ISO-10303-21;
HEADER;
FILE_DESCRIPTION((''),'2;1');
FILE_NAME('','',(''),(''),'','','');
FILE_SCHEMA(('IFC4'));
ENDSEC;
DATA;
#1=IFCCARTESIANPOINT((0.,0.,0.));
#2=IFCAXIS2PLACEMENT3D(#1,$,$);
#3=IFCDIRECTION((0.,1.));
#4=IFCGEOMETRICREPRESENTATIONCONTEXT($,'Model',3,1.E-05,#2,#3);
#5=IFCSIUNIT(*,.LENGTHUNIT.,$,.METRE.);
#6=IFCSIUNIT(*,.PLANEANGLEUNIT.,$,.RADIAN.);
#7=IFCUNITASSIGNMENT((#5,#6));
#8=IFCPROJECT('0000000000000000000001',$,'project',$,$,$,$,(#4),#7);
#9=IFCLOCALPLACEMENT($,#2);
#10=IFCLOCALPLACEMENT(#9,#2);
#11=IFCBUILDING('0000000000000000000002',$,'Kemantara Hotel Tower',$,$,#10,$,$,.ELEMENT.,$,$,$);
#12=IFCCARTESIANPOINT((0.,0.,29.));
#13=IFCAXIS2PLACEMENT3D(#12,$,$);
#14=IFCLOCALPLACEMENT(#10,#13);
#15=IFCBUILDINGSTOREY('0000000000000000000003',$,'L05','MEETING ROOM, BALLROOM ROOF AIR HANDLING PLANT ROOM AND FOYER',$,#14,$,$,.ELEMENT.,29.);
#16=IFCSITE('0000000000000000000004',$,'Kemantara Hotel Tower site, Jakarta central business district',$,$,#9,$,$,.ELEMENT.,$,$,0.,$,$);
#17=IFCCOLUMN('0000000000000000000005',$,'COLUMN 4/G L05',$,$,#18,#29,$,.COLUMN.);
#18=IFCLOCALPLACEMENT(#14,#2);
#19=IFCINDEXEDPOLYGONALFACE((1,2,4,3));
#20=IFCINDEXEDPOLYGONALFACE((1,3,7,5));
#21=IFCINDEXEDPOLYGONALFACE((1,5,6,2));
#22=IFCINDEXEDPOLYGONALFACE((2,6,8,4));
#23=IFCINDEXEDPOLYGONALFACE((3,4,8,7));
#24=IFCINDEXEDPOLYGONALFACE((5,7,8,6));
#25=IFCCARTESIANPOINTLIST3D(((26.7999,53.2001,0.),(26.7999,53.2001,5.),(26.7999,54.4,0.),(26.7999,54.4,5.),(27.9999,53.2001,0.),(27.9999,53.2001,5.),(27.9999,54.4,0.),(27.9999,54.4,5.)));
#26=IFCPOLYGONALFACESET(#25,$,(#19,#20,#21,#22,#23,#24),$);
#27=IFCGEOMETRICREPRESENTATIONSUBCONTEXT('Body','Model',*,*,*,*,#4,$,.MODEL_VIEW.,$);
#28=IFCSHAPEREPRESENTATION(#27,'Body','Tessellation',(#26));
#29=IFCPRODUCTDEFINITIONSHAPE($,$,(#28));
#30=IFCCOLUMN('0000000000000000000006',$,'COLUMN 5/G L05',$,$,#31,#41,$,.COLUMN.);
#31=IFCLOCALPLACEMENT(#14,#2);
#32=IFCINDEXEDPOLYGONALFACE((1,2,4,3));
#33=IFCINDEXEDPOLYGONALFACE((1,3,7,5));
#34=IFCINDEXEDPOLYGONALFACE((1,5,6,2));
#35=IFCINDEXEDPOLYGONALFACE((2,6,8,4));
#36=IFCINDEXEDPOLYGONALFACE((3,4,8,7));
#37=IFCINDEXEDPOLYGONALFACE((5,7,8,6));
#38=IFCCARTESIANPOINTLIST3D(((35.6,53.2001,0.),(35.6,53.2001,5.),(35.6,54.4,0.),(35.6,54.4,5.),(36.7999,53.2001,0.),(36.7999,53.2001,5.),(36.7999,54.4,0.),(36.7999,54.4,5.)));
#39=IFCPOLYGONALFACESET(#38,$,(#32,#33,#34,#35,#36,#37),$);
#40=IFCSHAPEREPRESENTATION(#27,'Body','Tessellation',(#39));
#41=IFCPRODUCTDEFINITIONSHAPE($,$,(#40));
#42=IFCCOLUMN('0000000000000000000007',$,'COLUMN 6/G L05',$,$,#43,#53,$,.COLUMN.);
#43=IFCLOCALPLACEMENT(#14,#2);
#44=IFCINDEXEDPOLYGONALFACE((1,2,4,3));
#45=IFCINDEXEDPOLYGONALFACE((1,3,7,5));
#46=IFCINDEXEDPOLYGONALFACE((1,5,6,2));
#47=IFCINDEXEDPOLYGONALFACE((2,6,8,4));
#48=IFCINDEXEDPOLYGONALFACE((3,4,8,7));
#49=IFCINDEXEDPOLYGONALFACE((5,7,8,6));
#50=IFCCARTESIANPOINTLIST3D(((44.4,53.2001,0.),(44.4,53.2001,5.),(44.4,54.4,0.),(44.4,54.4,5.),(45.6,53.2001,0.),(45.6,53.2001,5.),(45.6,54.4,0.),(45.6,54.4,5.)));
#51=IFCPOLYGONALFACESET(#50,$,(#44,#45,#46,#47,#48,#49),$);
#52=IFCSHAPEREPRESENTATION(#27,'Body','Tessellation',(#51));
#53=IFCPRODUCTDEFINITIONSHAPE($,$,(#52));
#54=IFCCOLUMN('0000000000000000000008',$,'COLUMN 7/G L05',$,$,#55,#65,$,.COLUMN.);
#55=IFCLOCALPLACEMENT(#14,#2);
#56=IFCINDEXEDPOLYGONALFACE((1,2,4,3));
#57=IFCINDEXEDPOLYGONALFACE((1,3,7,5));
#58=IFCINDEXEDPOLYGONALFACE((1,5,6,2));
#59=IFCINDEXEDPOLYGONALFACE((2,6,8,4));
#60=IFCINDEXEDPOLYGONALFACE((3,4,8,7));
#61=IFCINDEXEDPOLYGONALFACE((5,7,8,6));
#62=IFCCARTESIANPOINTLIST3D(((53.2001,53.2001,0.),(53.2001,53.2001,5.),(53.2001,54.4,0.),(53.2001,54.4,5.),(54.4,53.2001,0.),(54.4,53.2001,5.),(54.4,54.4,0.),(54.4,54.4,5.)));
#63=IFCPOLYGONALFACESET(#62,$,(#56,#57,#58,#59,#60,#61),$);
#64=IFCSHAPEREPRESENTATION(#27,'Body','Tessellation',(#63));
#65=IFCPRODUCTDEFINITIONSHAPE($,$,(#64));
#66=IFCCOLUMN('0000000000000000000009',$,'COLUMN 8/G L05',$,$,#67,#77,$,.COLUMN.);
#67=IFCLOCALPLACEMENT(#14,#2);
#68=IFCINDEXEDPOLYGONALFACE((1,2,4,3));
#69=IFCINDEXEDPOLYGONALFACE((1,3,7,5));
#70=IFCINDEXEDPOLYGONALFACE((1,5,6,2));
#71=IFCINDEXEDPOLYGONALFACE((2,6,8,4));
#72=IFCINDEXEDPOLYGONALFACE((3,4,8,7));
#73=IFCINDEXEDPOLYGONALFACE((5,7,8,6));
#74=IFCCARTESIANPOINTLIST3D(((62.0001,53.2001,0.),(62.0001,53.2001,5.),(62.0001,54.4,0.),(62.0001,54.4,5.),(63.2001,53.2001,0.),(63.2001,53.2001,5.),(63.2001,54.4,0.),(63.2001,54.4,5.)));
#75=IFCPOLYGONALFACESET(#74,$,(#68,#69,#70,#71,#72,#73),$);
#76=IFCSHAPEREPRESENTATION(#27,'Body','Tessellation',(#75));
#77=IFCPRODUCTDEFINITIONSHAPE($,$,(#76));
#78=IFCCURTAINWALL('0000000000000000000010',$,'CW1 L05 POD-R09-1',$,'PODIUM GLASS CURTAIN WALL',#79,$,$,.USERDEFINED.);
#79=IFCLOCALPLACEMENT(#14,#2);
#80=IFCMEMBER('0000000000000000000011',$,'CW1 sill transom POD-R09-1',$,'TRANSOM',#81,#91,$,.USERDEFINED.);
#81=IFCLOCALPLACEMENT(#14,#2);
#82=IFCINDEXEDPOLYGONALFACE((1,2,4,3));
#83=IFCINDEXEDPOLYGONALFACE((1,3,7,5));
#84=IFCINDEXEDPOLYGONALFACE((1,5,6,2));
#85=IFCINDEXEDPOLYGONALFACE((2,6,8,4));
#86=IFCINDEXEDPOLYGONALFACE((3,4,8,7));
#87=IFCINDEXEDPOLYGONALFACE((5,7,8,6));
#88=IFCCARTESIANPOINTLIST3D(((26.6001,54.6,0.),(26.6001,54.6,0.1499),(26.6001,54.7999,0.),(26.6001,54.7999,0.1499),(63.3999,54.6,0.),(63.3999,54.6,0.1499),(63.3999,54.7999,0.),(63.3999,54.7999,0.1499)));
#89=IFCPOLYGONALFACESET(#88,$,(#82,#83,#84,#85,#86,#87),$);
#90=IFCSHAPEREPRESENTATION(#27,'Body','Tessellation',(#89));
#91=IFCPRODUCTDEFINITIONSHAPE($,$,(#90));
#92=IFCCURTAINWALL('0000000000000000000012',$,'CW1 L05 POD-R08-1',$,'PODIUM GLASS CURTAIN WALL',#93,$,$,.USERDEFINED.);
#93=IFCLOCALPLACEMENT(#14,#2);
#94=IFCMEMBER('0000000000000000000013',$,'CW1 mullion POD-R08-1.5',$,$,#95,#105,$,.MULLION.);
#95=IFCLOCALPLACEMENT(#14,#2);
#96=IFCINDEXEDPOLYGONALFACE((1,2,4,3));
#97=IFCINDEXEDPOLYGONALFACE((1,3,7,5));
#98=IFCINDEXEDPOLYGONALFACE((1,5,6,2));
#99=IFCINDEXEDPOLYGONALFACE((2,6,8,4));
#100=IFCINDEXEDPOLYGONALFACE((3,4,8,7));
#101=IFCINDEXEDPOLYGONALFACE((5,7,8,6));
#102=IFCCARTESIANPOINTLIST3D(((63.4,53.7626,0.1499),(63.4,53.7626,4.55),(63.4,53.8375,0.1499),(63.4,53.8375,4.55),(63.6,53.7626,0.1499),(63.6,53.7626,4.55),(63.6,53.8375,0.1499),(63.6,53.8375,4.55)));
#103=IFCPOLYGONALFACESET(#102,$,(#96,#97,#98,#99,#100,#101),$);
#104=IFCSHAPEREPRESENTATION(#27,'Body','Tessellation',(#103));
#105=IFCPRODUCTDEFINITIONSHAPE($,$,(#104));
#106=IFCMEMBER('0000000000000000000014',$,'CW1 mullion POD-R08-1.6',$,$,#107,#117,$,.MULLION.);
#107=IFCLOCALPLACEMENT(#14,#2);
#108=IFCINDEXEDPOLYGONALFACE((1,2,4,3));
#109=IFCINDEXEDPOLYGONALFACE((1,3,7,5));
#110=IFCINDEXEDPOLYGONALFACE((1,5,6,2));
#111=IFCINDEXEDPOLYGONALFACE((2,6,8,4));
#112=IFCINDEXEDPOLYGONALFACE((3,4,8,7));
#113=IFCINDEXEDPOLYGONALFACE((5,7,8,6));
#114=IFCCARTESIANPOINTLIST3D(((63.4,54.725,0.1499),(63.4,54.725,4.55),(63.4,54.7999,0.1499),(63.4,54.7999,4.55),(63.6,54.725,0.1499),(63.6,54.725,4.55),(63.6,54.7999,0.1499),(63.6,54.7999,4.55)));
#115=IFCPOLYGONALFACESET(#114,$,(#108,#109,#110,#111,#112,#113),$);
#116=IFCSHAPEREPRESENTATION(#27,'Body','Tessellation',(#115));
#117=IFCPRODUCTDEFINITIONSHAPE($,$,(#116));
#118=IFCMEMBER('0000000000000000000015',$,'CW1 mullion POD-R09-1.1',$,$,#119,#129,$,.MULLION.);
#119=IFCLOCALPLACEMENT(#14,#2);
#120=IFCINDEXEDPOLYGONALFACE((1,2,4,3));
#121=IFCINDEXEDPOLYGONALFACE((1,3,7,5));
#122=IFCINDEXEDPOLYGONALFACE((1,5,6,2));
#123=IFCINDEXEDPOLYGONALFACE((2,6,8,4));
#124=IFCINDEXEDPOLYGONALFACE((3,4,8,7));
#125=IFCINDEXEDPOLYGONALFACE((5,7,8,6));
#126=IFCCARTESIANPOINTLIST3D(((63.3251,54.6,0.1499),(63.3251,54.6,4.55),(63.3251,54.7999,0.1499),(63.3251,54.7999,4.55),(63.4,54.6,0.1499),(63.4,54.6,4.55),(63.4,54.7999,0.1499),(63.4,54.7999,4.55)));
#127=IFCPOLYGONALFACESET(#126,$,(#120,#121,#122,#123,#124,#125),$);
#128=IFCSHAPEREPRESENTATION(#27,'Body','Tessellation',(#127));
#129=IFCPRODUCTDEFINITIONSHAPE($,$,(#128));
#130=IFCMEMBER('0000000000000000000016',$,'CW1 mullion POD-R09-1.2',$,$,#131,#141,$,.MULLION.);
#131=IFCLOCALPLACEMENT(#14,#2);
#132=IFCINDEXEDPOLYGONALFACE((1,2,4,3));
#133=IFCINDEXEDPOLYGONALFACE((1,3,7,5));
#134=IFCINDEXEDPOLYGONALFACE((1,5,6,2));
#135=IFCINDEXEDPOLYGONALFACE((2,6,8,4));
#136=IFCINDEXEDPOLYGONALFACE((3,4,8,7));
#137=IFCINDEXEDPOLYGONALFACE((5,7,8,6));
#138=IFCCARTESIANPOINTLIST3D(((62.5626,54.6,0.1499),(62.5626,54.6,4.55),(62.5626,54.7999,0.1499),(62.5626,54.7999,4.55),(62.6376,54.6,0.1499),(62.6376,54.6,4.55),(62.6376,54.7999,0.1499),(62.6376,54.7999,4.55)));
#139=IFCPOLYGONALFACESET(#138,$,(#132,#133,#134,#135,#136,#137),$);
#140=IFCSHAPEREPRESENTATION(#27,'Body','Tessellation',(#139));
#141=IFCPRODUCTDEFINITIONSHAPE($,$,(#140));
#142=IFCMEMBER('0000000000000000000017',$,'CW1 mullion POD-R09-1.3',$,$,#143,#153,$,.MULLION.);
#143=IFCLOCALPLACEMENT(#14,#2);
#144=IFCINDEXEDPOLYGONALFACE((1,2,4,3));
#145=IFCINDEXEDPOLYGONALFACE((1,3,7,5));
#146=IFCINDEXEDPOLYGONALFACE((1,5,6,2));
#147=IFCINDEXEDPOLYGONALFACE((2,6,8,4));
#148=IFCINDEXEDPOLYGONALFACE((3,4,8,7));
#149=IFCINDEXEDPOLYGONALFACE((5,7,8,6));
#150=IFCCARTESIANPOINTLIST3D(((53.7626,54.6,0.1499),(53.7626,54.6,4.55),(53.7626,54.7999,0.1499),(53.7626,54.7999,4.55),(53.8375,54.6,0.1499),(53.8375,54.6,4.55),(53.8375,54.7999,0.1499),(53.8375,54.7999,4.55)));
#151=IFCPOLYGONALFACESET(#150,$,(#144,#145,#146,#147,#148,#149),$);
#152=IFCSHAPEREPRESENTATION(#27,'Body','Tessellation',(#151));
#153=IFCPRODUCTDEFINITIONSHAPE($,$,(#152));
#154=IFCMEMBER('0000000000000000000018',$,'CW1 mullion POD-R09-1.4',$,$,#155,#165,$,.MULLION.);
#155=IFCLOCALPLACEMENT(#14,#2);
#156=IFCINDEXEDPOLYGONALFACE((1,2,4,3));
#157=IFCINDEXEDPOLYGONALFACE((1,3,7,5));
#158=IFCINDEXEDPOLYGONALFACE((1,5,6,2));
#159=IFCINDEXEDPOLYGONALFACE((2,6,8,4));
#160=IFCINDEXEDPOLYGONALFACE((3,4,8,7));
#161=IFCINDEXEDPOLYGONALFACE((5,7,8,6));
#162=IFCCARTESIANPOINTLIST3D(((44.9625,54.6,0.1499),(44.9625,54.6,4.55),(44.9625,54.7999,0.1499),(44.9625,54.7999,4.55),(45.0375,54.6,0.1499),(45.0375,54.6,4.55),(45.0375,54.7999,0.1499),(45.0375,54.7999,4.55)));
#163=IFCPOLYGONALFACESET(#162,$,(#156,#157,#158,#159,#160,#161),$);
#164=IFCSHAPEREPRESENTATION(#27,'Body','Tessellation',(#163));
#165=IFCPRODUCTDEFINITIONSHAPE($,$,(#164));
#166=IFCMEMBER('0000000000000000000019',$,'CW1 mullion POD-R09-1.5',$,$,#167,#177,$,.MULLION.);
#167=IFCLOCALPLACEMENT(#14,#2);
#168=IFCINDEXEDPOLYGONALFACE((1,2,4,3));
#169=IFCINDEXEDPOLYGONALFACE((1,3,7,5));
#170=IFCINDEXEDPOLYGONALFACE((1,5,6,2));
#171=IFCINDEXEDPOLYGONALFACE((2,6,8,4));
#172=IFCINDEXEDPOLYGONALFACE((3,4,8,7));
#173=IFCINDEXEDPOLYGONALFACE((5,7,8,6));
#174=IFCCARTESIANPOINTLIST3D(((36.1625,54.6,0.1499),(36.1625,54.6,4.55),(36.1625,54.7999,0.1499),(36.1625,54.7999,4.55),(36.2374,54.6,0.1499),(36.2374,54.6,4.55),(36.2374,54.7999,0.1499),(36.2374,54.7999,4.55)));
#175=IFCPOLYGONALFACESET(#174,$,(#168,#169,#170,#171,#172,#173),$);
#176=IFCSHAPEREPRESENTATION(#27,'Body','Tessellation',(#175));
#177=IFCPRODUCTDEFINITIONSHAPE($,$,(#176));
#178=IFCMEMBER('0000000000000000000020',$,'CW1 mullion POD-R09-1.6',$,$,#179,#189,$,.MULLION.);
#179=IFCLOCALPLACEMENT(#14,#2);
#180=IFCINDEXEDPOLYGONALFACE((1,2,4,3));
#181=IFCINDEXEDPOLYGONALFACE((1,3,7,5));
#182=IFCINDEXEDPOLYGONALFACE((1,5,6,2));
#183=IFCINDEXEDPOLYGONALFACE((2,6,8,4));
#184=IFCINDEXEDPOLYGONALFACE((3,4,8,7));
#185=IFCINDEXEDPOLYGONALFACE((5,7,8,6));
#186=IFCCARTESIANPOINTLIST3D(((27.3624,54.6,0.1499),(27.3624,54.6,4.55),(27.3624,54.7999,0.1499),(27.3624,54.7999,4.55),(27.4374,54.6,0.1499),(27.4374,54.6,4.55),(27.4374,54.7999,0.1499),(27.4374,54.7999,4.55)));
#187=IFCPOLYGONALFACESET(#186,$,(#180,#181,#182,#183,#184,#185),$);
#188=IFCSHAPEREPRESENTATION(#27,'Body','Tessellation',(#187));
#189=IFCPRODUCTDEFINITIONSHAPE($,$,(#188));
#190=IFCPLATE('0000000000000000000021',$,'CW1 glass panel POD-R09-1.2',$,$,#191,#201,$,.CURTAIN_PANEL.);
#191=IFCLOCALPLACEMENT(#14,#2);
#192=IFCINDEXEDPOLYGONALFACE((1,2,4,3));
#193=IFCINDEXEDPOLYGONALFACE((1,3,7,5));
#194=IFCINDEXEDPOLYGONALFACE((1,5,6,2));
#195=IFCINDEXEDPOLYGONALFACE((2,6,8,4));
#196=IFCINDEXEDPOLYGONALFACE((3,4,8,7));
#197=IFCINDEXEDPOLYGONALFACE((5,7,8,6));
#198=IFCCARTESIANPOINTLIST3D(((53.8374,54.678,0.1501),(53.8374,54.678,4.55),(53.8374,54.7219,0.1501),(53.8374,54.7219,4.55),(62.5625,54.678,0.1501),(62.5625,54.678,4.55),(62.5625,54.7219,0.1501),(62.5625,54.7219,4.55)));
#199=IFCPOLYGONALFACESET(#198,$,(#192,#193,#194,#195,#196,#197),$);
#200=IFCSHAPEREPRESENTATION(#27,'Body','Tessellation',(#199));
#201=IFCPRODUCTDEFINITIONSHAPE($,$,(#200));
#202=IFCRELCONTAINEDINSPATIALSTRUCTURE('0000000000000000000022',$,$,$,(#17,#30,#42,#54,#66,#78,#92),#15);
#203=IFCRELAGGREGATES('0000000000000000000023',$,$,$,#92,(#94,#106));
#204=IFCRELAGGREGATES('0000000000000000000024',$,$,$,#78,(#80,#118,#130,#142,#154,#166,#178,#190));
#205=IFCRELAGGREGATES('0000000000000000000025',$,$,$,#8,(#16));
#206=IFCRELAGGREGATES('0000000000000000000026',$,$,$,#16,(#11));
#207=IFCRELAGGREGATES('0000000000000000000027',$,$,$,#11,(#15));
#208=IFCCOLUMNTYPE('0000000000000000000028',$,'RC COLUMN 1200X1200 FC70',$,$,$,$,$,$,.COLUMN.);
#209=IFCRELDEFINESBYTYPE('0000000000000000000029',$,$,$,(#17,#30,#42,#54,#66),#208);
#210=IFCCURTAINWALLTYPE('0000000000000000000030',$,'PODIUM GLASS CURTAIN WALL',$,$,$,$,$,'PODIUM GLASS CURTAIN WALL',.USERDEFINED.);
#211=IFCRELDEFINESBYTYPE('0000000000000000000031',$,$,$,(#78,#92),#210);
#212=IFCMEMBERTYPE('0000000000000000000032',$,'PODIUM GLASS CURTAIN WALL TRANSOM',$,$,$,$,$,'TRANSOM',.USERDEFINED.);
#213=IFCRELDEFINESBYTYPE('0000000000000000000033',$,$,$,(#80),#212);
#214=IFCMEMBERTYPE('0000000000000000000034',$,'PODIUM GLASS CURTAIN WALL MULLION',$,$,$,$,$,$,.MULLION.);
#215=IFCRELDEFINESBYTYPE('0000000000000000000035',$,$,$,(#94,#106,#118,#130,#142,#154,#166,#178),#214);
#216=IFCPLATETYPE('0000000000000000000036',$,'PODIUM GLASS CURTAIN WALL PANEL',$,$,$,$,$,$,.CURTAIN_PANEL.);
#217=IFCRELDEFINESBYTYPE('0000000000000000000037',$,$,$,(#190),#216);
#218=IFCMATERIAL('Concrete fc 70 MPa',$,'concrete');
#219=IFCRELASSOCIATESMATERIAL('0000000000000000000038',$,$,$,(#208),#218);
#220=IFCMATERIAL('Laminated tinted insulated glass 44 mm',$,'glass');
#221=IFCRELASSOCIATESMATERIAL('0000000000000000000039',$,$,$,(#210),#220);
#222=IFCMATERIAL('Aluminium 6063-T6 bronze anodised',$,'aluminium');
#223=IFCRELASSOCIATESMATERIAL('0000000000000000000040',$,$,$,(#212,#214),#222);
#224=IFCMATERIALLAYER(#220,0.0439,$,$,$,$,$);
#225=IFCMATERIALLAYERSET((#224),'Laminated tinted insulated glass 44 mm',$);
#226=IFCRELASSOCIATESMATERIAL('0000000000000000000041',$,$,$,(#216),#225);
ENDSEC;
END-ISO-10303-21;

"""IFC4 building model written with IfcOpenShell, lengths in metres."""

from ifc_helpers import new_model, si_unit, direction, frame, origin, origin_2d, place, context, subcontext, project, spatial, rectangle, extrude, source, transform, mapped, material, layer, layer_set, material_profile, profile_set, type_object, element, aggregate, save


model = new_model("IFC4")

# Units and contexts
model_context = context("Model", 3, precision=1e-05, world=origin(), true_north=direction((0.0, 1.0)))
body_context = subcontext(model_context, "Body", "Model", "MODEL_VIEW")
ifc_project = project(units=[si_unit("LENGTHUNIT", "METRE"), si_unit("PLANEANGLEUNIT", "RADIAN")], contexts=[model_context])

# Site, building, storey
site_placement = place(None, origin())
site = spatial("IfcSite", under=ifc_project, at=site_placement, Name="Kemantara Hotel Tower site, Jakarta central business district", CompositionType="ELEMENT", RefElevation=0.0)
building_placement = place(site_placement, origin())
building = spatial("IfcBuilding", under=site, at=building_placement, Name="Kemantara Hotel Tower", CompositionType="ELEMENT")
storey_placement = place(building_placement, frame((0.0, 0.0, 29.0)))
storey = spatial("IfcBuildingStorey", under=building, at=storey_placement, Name="L05", Description="MEETING ROOM, BALLROOM ROOF AIR HANDLING PLANT ROOM AND FOYER", CompositionType="ELEMENT", Elevation=29.0)

# Columns
ifc_material_1 = material(Name="Concrete fc 70 MPa", Category="concrete")
ifc_material_profile_1 = material_profile(ifc_material_1, rectangle(XDim=1.2, YDim=1.2, at=origin_2d()), Name="RC 1200X1200")
ifc_profile_set_1 = profile_set([ifc_material_profile_1], Name="Concrete fc 70 MPa")
column_type = type_object("IfcColumnType", Name="RC COLUMN 1200X1200 FC70", PredefinedType="COLUMN", material=ifc_profile_set_1)
for number, where, z_axis, x_axis, name in (
    (1, (27.3999, 53.8, 0.0), (0.0, 0.0, 1.0), (1.0, 0.0, 0.0), "COLUMN 4/G L05"),
    (2, (36.2, 53.8, 0.0), (0.0, 0.0, 1.0), (1.0, 0.0, 0.0), "COLUMN 5/G L05"),
    (3, (45.0, 53.8, 0.0), (0.0, 0.0, 1.0), (1.0, 0.0, 0.0), "COLUMN 6/G L05"),
    (4, (53.8, 53.8, 0.0), (0.0, 0.0, 1.0), (1.0, 0.0, 0.0), "COLUMN 7/G L05"),
    (5, (62.6001, 53.8, 0.0), (0.0, 0.0, 1.0), (1.0, 0.0, 0.0), "COLUMN 8/G L05"),
):
    element("IfcColumn", number, at=place(storey_placement, frame(where, z_axis=z_axis, x_axis=x_axis)), inside=storey, type_object=column_type, Name=name, PredefinedType="COLUMN", context=body_context, shape_type="SweptSolid", body=[
        extrude(rectangle(XDim=1.2, YDim=1.2, at=origin_2d()), origin(), (0.0, 0.0, 1.0), 5.0),
    ])

# Curtain wall, member
ifc_material_2 = material(Name="Laminated tinted insulated glass 44 mm", Category="glass")
curtain_wall_type = type_object("IfcCurtainWallType", Name="PODIUM GLASS CURTAIN WALL", ElementType="PODIUM GLASS CURTAIN WALL", PredefinedType="USERDEFINED", material=ifc_material_2)
curtain_wall_1_placement = place(storey_placement, origin())
curtain_wall_1 = element("IfcCurtainWall", 6, at=curtain_wall_1_placement, inside=storey, type_object=curtain_wall_type, Name="CW1 L05 POD-R09-1", ObjectType="PODIUM GLASS CURTAIN WALL", PredefinedType="USERDEFINED")
ifc_material_3 = material(Name="Aluminium 6063-T6 bronze anodised", Category="aluminium")
ifc_material_profile_2 = material_profile(ifc_material_3, rectangle(XDim=0.2, YDim=0.1499, at=origin_2d()), Name="PODIUM GLASS CURTAIN WALL TRANSOM")
ifc_profile_set_2 = profile_set([ifc_material_profile_2], Name="Aluminium 6063-T6 bronze anodised")
member_type_1 = type_object("IfcMemberType", Name="PODIUM GLASS CURTAIN WALL TRANSOM", ElementType="TRANSOM", PredefinedType="USERDEFINED", material=ifc_profile_set_2)
member_1_placement = place(storey_placement, frame((63.3999, 54.7, 0.075), z_axis=(-1.0, 0.0, 0.0), x_axis=(0.0, -1.0, 0.0)))
member_1 = element("IfcMember", 7, at=member_1_placement, type_object=member_type_1, Name="CW1 sill transom POD-R09-1", ObjectType="TRANSOM", PredefinedType="USERDEFINED", context=body_context, shape_type="SweptSolid", body=[
    extrude(rectangle(XDim=0.2, YDim=0.1499, at=origin_2d()), origin(), (0.0, 0.0, 1.0), 36.7998),
])

# Curtain wall, members
curtain_wall_2_placement = place(storey_placement, origin())
curtain_wall_2 = element("IfcCurtainWall", 8, at=curtain_wall_2_placement, inside=storey, type_object=curtain_wall_type, Name="CW1 L05 POD-R08-1", ObjectType="PODIUM GLASS CURTAIN WALL", PredefinedType="USERDEFINED")
ifc_material_profile_3 = material_profile(ifc_material_3, rectangle(XDim=0.2, YDim=0.075, at=origin_2d()), Name="PODIUM GLASS CURTAIN WALL MULLION")
ifc_profile_set_3 = profile_set([ifc_material_profile_3], Name="Aluminium 6063-T6 bronze anodised")
member_type_2 = type_object("IfcMemberType", Name="PODIUM GLASS CURTAIN WALL MULLION", PredefinedType="MULLION", material=ifc_profile_set_3)
shared_shape_1 = source(origin(), body_context, "Body", "SweptSolid", [
    extrude(rectangle(XDim=0.2, YDim=0.075, at=origin_2d()), origin(), (0.0, 0.0, 1.0), 4.4001),
])
member_2_placement = place(storey_placement, frame((63.5, 53.8, 0.1499), z_axis=(0.0, 0.0, 1.0), x_axis=(-1.0, 0.0, 0.0)))
member_2 = element("IfcMember", 9, at=member_2_placement, type_object=member_type_2, Name="CW1 mullion POD-R08-1.5", PredefinedType="MULLION", context=body_context, shape_type="MappedRepresentation", body=[
    mapped(shared_shape_1, transform((0.0, 0.0, 0.0))),
])
member_3_placement = place(storey_placement, frame((63.5, 54.7625, 0.1499), z_axis=(0.0, 0.0, 1.0), x_axis=(-1.0, 0.0, 0.0)))
member_3 = element("IfcMember", 10, at=member_3_placement, type_object=member_type_2, Name="CW1 mullion POD-R08-1.6", PredefinedType="MULLION", context=body_context, shape_type="MappedRepresentation", body=[
    mapped(shared_shape_1, transform((0.0, 0.0, 0.0))),
])

# Members
member_4_placement = place(storey_placement, frame((63.3625, 54.7, 0.1499), z_axis=(0.0, 0.0, 1.0), x_axis=(0.0, -1.0, 0.0)))
member_4 = element("IfcMember", 11, at=member_4_placement, type_object=member_type_2, Name="CW1 mullion POD-R09-1.1", PredefinedType="MULLION", context=body_context, shape_type="MappedRepresentation", body=[
    mapped(shared_shape_1, transform((0.0, 0.0, 0.0))),
])
member_5_placement = place(storey_placement, frame((62.6001, 54.7, 0.1499), z_axis=(0.0, 0.0, 1.0), x_axis=(0.0, -1.0, 0.0)))
member_5 = element("IfcMember", 12, at=member_5_placement, type_object=member_type_2, Name="CW1 mullion POD-R09-1.2", PredefinedType="MULLION", context=body_context, shape_type="MappedRepresentation", body=[
    mapped(shared_shape_1, transform((0.0, 0.0, 0.0))),
])
member_6_placement = place(storey_placement, frame((53.8, 54.7, 0.1499), z_axis=(0.0, 0.0, 1.0), x_axis=(0.0, -1.0, 0.0)))
member_6 = element("IfcMember", 13, at=member_6_placement, type_object=member_type_2, Name="CW1 mullion POD-R09-1.3", PredefinedType="MULLION", context=body_context, shape_type="MappedRepresentation", body=[
    mapped(shared_shape_1, transform((0.0, 0.0, 0.0))),
])
member_7_placement = place(storey_placement, frame((45.0, 54.7, 0.1499), z_axis=(0.0, 0.0, 1.0), x_axis=(0.0, -1.0, 0.0)))
member_7 = element("IfcMember", 14, at=member_7_placement, type_object=member_type_2, Name="CW1 mullion POD-R09-1.4", PredefinedType="MULLION", context=body_context, shape_type="MappedRepresentation", body=[
    mapped(shared_shape_1, transform((0.0, 0.0, 0.0))),
])
member_8_placement = place(storey_placement, frame((36.2, 54.7, 0.1499), z_axis=(0.0, 0.0, 1.0), x_axis=(0.0, -1.0, 0.0)))
member_8 = element("IfcMember", 15, at=member_8_placement, type_object=member_type_2, Name="CW1 mullion POD-R09-1.5", PredefinedType="MULLION", context=body_context, shape_type="MappedRepresentation", body=[
    mapped(shared_shape_1, transform((0.0, 0.0, 0.0))),
])
member_9_placement = place(storey_placement, frame((27.3999, 54.7, 0.1499), z_axis=(0.0, 0.0, 1.0), x_axis=(0.0, -1.0, 0.0)))
member_9 = element("IfcMember", 16, at=member_9_placement, type_object=member_type_2, Name="CW1 mullion POD-R09-1.6", PredefinedType="MULLION", context=body_context, shape_type="MappedRepresentation", body=[
    mapped(shared_shape_1, transform((0.0, 0.0, 0.0))),
])

# Plate
ifc_layer_1 = layer(ifc_material_2, 0.0439)
ifc_layer_set_1 = layer_set([ifc_layer_1], Name="Laminated tinted insulated glass 44 mm")
plate_type = type_object("IfcPlateType", Name="PODIUM GLASS CURTAIN WALL PANEL", PredefinedType="CURTAIN_PANEL", material=ifc_layer_set_1)
shared_shape_2 = source(origin(), body_context, "Body", "SweptSolid", [
    extrude(rectangle(XDim=8.7251, YDim=0.0439, at=origin_2d()), origin(), (0.0, 0.0, 1.0), 4.3999),
])
plate_1_placement = place(storey_placement, frame((58.2, 54.7, 0.1501), z_axis=(0.0, 0.0, 1.0), x_axis=(-1.0, 0.0, 0.0)))
plate_1 = element("IfcPlate", 17, at=plate_1_placement, type_object=plate_type, Name="CW1 glass panel POD-R09-1.2", PredefinedType="CURTAIN_PANEL", context=body_context, shape_type="MappedRepresentation", body=[
    mapped(shared_shape_2, transform((0.0, 0.0, 0.0))),
])

aggregate(curtain_wall_2, [member_2, member_3])
aggregate(curtain_wall_1, [member_1, member_4, member_5, member_6, member_7, member_8, member_9, plate_1])

save(model, "model.ifc")
